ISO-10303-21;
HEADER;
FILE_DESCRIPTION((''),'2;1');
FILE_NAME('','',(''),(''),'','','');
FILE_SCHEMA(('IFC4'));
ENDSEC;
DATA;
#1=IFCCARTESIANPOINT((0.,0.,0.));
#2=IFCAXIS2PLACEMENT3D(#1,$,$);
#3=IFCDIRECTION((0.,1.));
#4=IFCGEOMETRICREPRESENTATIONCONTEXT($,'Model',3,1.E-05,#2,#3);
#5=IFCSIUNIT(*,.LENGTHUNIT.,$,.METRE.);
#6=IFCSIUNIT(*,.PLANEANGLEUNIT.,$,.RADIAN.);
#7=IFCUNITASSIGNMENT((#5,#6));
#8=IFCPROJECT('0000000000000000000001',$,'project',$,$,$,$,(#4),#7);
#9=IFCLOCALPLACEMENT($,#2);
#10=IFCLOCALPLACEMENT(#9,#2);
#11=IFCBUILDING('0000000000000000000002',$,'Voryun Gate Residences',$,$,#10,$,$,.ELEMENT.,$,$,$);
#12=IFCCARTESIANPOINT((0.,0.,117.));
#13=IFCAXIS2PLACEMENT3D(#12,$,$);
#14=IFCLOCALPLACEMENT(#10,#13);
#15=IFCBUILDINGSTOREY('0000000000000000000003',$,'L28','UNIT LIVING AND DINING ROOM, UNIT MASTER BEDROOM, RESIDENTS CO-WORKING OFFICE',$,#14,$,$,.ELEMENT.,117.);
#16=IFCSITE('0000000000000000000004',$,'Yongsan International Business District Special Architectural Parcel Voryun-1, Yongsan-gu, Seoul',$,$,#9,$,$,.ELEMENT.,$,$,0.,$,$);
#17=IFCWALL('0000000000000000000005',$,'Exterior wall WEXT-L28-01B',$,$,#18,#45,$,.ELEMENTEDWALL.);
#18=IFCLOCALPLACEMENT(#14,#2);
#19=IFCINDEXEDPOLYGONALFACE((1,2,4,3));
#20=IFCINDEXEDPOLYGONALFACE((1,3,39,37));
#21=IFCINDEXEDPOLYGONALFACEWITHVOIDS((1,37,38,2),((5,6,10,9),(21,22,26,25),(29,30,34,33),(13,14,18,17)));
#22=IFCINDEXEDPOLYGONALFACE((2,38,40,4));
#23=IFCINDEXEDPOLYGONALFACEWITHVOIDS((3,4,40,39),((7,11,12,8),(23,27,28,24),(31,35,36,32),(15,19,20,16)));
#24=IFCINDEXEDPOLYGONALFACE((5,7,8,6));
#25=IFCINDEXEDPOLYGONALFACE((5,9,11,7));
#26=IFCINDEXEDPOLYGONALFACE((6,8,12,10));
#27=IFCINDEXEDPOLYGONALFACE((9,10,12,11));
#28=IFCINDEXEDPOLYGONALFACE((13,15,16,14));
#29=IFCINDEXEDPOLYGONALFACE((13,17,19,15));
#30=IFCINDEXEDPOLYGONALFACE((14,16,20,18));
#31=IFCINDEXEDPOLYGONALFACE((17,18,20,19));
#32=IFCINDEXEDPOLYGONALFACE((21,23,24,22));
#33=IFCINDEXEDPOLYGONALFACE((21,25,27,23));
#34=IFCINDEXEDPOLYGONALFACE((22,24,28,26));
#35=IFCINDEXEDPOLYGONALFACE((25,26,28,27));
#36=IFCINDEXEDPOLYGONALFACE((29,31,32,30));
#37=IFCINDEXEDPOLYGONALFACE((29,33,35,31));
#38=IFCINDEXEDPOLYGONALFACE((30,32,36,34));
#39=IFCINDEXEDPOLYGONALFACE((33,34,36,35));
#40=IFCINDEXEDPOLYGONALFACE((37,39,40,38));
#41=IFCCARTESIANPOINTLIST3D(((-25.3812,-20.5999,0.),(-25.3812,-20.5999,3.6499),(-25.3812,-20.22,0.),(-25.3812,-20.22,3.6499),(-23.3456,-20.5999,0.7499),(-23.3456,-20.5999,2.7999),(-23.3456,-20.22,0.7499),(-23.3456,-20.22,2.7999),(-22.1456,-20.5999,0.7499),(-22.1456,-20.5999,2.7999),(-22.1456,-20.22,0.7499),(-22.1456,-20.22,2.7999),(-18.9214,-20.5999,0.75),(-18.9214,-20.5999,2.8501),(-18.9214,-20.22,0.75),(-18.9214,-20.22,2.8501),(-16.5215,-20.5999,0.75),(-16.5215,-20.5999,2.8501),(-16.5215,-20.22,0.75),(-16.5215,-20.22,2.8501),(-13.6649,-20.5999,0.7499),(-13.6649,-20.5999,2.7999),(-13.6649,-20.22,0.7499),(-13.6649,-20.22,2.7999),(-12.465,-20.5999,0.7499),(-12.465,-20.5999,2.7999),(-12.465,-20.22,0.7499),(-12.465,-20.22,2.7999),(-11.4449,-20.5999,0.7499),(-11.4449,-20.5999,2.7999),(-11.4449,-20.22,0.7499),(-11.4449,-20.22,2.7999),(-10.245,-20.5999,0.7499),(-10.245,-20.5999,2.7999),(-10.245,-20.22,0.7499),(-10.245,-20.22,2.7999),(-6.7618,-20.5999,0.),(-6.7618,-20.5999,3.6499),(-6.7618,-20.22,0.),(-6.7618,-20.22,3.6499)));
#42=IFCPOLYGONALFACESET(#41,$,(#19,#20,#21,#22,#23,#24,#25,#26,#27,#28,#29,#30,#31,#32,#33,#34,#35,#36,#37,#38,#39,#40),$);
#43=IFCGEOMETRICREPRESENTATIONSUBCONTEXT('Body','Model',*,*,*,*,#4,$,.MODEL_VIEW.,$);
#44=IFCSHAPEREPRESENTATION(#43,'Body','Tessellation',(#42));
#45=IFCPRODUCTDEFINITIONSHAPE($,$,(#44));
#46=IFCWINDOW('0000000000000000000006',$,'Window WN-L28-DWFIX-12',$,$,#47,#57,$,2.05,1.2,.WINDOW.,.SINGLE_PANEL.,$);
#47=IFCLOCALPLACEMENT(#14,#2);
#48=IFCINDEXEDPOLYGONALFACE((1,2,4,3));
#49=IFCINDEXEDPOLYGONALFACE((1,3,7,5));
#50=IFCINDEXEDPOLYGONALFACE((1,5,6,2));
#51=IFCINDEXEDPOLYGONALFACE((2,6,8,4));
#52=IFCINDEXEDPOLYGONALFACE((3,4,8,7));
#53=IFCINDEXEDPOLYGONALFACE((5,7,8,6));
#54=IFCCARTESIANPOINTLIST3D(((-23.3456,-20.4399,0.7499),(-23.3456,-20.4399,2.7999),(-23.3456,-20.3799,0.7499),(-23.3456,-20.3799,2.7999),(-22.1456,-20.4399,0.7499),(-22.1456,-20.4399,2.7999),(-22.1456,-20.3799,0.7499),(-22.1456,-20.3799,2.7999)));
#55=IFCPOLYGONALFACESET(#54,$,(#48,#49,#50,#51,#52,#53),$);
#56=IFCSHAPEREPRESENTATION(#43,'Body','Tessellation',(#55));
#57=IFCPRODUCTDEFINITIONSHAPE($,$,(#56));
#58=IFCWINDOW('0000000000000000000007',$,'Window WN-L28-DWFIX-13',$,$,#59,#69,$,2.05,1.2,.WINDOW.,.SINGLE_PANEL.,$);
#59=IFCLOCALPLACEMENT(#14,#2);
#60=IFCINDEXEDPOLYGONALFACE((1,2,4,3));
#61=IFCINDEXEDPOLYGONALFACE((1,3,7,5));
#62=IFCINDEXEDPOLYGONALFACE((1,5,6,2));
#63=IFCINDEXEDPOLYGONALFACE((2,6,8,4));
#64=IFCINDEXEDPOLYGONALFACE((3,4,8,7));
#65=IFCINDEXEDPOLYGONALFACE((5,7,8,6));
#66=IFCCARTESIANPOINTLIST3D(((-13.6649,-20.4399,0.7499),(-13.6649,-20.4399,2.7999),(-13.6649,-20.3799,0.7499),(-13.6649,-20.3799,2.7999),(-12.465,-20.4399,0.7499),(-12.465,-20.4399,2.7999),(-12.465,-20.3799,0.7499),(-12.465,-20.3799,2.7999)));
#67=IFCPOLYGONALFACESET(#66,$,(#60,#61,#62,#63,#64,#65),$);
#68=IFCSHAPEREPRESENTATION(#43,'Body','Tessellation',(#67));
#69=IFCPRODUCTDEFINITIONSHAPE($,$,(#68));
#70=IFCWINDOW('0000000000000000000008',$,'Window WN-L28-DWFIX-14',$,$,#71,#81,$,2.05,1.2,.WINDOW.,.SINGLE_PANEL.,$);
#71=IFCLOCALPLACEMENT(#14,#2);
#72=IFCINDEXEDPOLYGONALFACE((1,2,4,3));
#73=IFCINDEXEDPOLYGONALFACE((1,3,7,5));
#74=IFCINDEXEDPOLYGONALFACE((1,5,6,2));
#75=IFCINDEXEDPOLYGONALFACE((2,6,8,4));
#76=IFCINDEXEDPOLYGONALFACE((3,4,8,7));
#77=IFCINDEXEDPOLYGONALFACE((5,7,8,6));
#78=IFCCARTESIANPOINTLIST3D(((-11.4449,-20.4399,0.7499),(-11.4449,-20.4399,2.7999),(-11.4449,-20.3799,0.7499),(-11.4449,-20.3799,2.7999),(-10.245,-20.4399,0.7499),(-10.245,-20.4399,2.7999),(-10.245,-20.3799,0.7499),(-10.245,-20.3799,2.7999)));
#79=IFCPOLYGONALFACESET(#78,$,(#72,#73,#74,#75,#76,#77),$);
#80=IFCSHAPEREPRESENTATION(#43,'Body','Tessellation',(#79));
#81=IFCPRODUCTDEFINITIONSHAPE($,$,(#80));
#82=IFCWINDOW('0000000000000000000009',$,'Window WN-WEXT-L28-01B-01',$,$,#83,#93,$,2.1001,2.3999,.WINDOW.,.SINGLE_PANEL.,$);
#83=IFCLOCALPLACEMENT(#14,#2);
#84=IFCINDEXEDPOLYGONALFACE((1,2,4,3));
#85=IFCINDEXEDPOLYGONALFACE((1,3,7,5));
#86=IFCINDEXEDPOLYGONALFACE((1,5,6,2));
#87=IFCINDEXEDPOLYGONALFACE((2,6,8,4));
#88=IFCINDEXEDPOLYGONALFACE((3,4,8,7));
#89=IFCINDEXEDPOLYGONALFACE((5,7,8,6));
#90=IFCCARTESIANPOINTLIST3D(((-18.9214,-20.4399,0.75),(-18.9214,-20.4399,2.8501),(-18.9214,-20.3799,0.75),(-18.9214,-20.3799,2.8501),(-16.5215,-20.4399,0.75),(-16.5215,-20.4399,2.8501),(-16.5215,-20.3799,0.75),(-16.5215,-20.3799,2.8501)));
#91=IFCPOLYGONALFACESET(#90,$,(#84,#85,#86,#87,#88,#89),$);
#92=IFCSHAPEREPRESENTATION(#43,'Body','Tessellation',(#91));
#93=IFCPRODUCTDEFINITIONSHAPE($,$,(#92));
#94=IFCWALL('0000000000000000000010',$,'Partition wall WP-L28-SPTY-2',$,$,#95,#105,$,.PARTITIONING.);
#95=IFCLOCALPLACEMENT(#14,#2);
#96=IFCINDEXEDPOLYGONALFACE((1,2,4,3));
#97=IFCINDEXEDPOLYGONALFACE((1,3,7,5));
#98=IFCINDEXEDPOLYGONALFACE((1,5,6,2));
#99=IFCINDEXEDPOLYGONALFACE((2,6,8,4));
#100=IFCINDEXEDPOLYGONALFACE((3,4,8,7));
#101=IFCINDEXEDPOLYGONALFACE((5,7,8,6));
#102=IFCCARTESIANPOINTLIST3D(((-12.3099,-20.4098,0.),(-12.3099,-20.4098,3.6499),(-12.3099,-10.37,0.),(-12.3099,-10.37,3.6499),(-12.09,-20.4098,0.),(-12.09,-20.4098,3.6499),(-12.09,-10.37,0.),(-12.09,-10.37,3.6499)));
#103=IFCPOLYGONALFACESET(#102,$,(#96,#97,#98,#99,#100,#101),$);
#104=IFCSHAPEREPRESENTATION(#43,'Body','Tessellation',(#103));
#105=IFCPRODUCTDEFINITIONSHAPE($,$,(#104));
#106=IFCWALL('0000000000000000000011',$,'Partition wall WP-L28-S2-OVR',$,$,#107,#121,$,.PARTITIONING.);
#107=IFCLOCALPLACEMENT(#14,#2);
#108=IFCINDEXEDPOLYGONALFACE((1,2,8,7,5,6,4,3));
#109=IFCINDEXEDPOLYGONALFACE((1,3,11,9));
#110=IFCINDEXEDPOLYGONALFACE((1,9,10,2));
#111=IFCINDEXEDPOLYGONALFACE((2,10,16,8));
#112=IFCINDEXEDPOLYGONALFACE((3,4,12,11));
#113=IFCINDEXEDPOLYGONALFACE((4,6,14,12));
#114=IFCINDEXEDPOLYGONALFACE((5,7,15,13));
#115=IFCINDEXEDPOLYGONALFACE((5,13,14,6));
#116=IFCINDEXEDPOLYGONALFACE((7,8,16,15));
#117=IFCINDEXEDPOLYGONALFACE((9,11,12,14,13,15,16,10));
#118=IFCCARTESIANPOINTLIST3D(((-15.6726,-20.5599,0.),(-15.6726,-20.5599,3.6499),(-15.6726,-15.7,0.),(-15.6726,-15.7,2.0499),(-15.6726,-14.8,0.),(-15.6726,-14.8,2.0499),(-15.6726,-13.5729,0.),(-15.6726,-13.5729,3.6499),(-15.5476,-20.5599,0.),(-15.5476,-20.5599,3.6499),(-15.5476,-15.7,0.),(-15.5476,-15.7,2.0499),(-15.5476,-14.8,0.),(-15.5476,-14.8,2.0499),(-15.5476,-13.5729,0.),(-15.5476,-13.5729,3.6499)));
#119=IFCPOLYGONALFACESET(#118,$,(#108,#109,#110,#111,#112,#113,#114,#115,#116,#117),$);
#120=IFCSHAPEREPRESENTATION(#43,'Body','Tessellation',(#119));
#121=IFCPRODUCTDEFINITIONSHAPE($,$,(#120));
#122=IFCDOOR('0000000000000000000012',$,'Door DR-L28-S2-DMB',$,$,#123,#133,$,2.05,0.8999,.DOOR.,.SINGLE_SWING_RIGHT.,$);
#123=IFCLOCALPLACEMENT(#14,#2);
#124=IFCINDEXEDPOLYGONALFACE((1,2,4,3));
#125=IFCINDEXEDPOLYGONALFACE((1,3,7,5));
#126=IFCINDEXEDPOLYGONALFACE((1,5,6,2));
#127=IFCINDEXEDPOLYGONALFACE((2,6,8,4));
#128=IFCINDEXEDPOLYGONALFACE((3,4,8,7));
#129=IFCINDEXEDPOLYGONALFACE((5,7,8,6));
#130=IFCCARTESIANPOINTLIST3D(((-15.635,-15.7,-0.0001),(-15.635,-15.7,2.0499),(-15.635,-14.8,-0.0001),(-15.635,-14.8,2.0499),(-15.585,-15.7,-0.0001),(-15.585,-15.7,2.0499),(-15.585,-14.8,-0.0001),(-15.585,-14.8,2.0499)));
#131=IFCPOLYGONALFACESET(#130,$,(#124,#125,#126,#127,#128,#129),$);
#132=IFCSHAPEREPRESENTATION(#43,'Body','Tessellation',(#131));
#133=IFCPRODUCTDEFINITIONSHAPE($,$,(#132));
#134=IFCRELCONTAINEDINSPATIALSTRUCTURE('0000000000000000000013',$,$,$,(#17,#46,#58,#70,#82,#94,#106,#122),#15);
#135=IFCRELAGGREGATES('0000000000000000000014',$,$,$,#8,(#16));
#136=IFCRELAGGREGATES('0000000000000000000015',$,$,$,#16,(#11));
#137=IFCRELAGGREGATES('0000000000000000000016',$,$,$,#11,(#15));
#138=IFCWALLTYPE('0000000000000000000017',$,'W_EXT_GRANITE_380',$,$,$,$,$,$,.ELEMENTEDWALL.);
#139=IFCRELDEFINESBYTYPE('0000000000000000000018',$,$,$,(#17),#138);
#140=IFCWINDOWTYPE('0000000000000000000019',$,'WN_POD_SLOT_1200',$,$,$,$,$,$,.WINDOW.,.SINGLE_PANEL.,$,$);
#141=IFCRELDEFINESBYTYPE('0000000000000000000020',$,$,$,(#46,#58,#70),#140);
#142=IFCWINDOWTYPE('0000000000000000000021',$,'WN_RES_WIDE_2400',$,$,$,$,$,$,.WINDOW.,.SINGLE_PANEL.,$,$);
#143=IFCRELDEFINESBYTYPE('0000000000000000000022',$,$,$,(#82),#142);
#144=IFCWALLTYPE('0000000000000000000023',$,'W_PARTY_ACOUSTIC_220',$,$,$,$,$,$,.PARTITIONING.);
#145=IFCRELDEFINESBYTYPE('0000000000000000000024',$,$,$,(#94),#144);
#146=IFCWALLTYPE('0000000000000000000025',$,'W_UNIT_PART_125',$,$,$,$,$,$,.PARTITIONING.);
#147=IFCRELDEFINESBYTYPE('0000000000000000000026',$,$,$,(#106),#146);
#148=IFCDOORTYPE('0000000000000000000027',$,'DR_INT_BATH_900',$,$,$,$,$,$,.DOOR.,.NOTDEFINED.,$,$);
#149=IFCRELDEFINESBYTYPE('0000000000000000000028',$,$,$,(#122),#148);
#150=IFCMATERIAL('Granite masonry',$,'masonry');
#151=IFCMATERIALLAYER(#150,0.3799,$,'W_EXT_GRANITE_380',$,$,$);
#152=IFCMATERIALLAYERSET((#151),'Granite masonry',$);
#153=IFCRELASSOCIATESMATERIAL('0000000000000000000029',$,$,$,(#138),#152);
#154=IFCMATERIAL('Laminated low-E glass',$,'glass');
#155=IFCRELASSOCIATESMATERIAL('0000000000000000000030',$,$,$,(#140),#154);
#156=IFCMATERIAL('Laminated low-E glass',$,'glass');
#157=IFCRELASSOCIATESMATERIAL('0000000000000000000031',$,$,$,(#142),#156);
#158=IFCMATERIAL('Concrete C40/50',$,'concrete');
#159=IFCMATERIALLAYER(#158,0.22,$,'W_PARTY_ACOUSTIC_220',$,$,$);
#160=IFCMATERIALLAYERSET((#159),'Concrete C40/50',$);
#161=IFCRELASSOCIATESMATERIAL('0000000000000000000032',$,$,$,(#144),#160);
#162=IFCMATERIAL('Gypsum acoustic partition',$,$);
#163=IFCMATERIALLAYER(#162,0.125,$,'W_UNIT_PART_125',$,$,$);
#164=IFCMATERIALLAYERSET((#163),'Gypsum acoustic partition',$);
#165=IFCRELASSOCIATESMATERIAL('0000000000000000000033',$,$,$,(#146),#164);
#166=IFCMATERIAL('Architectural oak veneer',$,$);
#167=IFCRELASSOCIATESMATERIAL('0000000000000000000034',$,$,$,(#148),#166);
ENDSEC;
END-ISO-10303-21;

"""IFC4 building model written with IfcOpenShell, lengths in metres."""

from ifc_helpers import new_model, si_unit, direction, frame, frame_2d, origin, place, context, subcontext, project, spatial, rectangle, extrude, material, layer, layer_set, type_object, element, fill, save


model = new_model("IFC4")

# Units and contexts
model_context = context("Model", 3, precision=1e-05, world=origin(), true_north=direction((0.0, 1.0)))
body_context = subcontext(model_context, "Body", "Model", "MODEL_VIEW")
ifc_project = project(units=[si_unit("LENGTHUNIT", "METRE"), si_unit("PLANEANGLEUNIT", "RADIAN")], contexts=[model_context])

# Site, building, storey
site_placement = place(None, origin())
site = spatial("IfcSite", under=ifc_project, at=site_placement, Name="Yongsan International Business District Special Architectural Parcel Voryun-1, Yongsan-gu, Seoul", CompositionType="ELEMENT", RefElevation=0.0)
building_placement = place(site_placement, origin())
building = spatial("IfcBuilding", under=site, at=building_placement, Name="Voryun Gate Residences", CompositionType="ELEMENT")
storey_placement = place(building_placement, frame((0.0, 0.0, 117.0)))
storey = spatial("IfcBuildingStorey", under=building, at=storey_placement, Name="L28", Description="UNIT LIVING AND DINING ROOM, UNIT MASTER BEDROOM, RESIDENTS CO-WORKING OFFICE", CompositionType="ELEMENT", Elevation=117.0)

# Wall, openings, windows
ifc_material_1 = material(Name="Granite masonry", Category="masonry")
ifc_layer_1 = layer(ifc_material_1, 0.3799, Name="W_EXT_GRANITE_380")
ifc_layer_set_1 = layer_set([ifc_layer_1], Name="Granite masonry")
wall_type_1 = type_object("IfcWallType", Name="W_EXT_GRANITE_380", PredefinedType="ELEMENTEDWALL", material=ifc_layer_set_1)
wall_1_placement = place(storey_placement, frame((-6.762, -20.4099, 0.0), z_axis=(0.0, 0.0, 1.0), x_axis=(-1.0, 0.0, 0.0)))
wall_1 = element("IfcWall", 1, at=wall_1_placement, inside=storey, type_object=wall_type_1, Name="Exterior wall WEXT-L28-01B", PredefinedType="ELEMENTEDWALL", context=body_context, shape_type="SweptSolid", body=[
    extrude(rectangle(XDim=18.6194, YDim=0.3799, at=frame_2d((9.3096, 0.0))), origin(), (0.0, 0.0, 1.0), 3.6499),
])
opening_1_placement = place(wall_1_placement, frame((9.7595, 0.0, 0.75)))
opening_1 = element("IfcOpeningElement", 2, at=opening_1_placement, cuts=wall_1, PredefinedType="OPENING", context=body_context, shape_type="SweptSolid", body=[
    extrude(rectangle(XDim=2.3999, YDim=2.1001, at=frame_2d((1.2, 1.05))), frame((0.0, 0.2, 0.0), z_axis=(0.0, -1.0, 0.0), x_axis=(1.0, 0.0, 0.0)), (0.0, 0.0, 1.0), 0.3999),
])
opening_2_placement = place(wall_1_placement, frame((15.3835, 0.0, 0.75)))
opening_2 = element("IfcOpeningElement", 3, at=opening_2_placement, cuts=wall_1, PredefinedType="OPENING", context=body_context, shape_type="SweptSolid", body=[
    extrude(rectangle(XDim=1.2, YDim=2.05, at=frame_2d((0.6001, 1.0249))), frame((0.0, 0.2, 0.0), z_axis=(0.0, -1.0, 0.0), x_axis=(1.0, 0.0, 0.0)), (0.0, 0.0, 1.0), 0.3999),
])
opening_3_placement = place(wall_1_placement, frame((5.7029, 0.0, 0.75)))
opening_3 = element("IfcOpeningElement", 4, at=opening_3_placement, cuts=wall_1, PredefinedType="OPENING", context=body_context, shape_type="SweptSolid", body=[
    extrude(rectangle(XDim=1.2, YDim=2.05, at=frame_2d((0.6001, 1.0249))), frame((0.0, 0.2, 0.0), z_axis=(0.0, -1.0, 0.0), x_axis=(1.0, 0.0, 0.0)), (0.0, 0.0, 1.0), 0.3999),
])
opening_4_placement = place(wall_1_placement, frame((3.4829, 0.0, 0.75)))
opening_4 = element("IfcOpeningElement", 5, at=opening_4_placement, cuts=wall_1, PredefinedType="OPENING", context=body_context, shape_type="SweptSolid", body=[
    extrude(rectangle(XDim=1.2, YDim=2.05, at=frame_2d((0.6001, 1.0249))), frame((0.0, 0.2, 0.0), z_axis=(0.0, -1.0, 0.0), x_axis=(1.0, 0.0, 0.0)), (0.0, 0.0, 1.0), 0.3999),
])
ifc_material_2 = material(Name="Laminated low-E glass", Category="glass")
window_type_1 = type_object("IfcWindowType", Name="WN_POD_SLOT_1200", PartitioningType="SINGLE_PANEL", PredefinedType="WINDOW", material=ifc_material_2)
window_1_placement = place(opening_2_placement, origin())
window_1 = element("IfcWindow", 6, at=window_1_placement, inside=storey, type_object=window_type_1, Name="Window WN-L28-DWFIX-12", OverallHeight=2.05, OverallWidth=1.2, PartitioningType="SINGLE_PANEL", PredefinedType="WINDOW", context=body_context, shape_type="SweptSolid", body=[
    extrude(rectangle(XDim=1.2, YDim=2.05, at=frame_2d((0.6001, 1.0249))), frame((0.0, 0.03, 0.0), z_axis=(0.0, -1.0, 0.0), x_axis=(1.0, 0.0, 0.0)), (0.0, 0.0, 1.0), 0.0601),
])
fill(opening_2, window_1)
window_2_placement = place(opening_3_placement, origin())
window_2 = element("IfcWindow", 7, at=window_2_placement, inside=storey, type_object=window_type_1, Name="Window WN-L28-DWFIX-13", OverallHeight=2.05, OverallWidth=1.2, PartitioningType="SINGLE_PANEL", PredefinedType="WINDOW", context=body_context, shape_type="SweptSolid", body=[
    extrude(rectangle(XDim=1.2, YDim=2.05, at=frame_2d((0.6001, 1.0249))), frame((0.0, 0.03, 0.0), z_axis=(0.0, -1.0, 0.0), x_axis=(1.0, 0.0, 0.0)), (0.0, 0.0, 1.0), 0.0601),
])
fill(opening_3, window_2)
window_3_placement = place(opening_4_placement, origin())
window_3 = element("IfcWindow", 8, at=window_3_placement, inside=storey, type_object=window_type_1, Name="Window WN-L28-DWFIX-14", OverallHeight=2.05, OverallWidth=1.2, PartitioningType="SINGLE_PANEL", PredefinedType="WINDOW", context=body_context, shape_type="SweptSolid", body=[
    extrude(rectangle(XDim=1.2, YDim=2.05, at=frame_2d((0.6001, 1.0249))), frame((0.0, 0.03, 0.0), z_axis=(0.0, -1.0, 0.0), x_axis=(1.0, 0.0, 0.0)), (0.0, 0.0, 1.0), 0.0601),
])
fill(opening_4, window_3)
ifc_material_3 = material(Name="Laminated low-E glass", Category="glass")
window_type_2 = type_object("IfcWindowType", Name="WN_RES_WIDE_2400", PartitioningType="SINGLE_PANEL", PredefinedType="WINDOW", material=ifc_material_3)
window_4_placement = place(opening_1_placement, origin())
window_4 = element("IfcWindow", 9, at=window_4_placement, inside=storey, type_object=window_type_2, Name="Window WN-WEXT-L28-01B-01", OverallHeight=2.1001, OverallWidth=2.3999, PartitioningType="SINGLE_PANEL", PredefinedType="WINDOW", context=body_context, shape_type="SweptSolid", body=[
    extrude(rectangle(XDim=2.3999, YDim=2.1001, at=frame_2d((1.2, 1.05))), frame((0.0, 0.03, 0.0), z_axis=(0.0, -1.0, 0.0), x_axis=(1.0, 0.0, 0.0)), (0.0, 0.0, 1.0), 0.0601),
])
fill(opening_1, window_4)

# Wall
ifc_material_4 = material(Name="Concrete C40/50", Category="concrete")
ifc_layer_2 = layer(ifc_material_4, 0.22, Name="W_PARTY_ACOUSTIC_220")
ifc_layer_set_2 = layer_set([ifc_layer_2], Name="Concrete C40/50")
wall_type_2 = type_object("IfcWallType", Name="W_PARTY_ACOUSTIC_220", PredefinedType="PARTITIONING", material=ifc_layer_set_2)
wall_2_placement = place(storey_placement, frame((-12.2, -20.4099, 0.0), z_axis=(0.0, 0.0, 1.0), x_axis=(0.0, 1.0, 0.0)))
element("IfcWall", 10, at=wall_2_placement, inside=storey, type_object=wall_type_2, Name="Partition wall WP-L28-SPTY-2", PredefinedType="PARTITIONING", context=body_context, shape_type="SweptSolid", body=[
    extrude(rectangle(XDim=10.0398, YDim=0.22, at=frame_2d((5.02, 0.0))), origin(), (0.0, 0.0, 1.0), 3.6499),
])

# Wall, opening, door
ifc_material_5 = material(Name="Gypsum acoustic partition")
ifc_layer_3 = layer(ifc_material_5, 0.125, Name="W_UNIT_PART_125")
ifc_layer_set_3 = layer_set([ifc_layer_3], Name="Gypsum acoustic partition")
wall_type_3 = type_object("IfcWallType", Name="W_UNIT_PART_125", PredefinedType="PARTITIONING", material=ifc_layer_set_3)
wall_3_placement = place(storey_placement, frame((-15.6101, -20.5601, 0.0), z_axis=(0.0, 0.0, 1.0), x_axis=(0.0, 1.0, 0.0)))
wall_3 = element("IfcWall", 11, at=wall_3_placement, inside=storey, type_object=wall_type_3, Name="Partition wall WP-L28-S2-OVR", PredefinedType="PARTITIONING", context=body_context, shape_type="SweptSolid", body=[
    extrude(rectangle(XDim=6.9871, YDim=0.125, at=frame_2d((3.4937, 0.0))), origin(), (0.0, 0.0, 1.0), 3.6499),
])
opening_5_placement = place(wall_3_placement, frame((4.8601, 0.0, 0.0)))
opening_5 = element("IfcOpeningElement", 12, at=opening_5_placement, cuts=wall_3, PredefinedType="OPENING", context=body_context, shape_type="SweptSolid", body=[
    extrude(rectangle(XDim=0.8999, YDim=2.05, at=frame_2d((0.45, 1.0249))), frame((0.0, 0.0725, 0.0), z_axis=(0.0, -1.0, 0.0), x_axis=(1.0, 0.0, 0.0)), (0.0, 0.0, 1.0), 0.145),
])
ifc_material_6 = material(Name="Architectural oak veneer")
door_type = type_object("IfcDoorType", Name="DR_INT_BATH_900", OperationType="NOTDEFINED", PredefinedType="DOOR", material=ifc_material_6)
door_1_placement = place(opening_5_placement, origin())
door_1 = element("IfcDoor", 13, at=door_1_placement, inside=storey, type_object=door_type, Name="Door DR-L28-S2-DMB", OperationType="SINGLE_SWING_RIGHT", OverallHeight=2.05, OverallWidth=0.8999, PredefinedType="DOOR", context=body_context, shape_type="SweptSolid", body=[
    extrude(rectangle(XDim=0.8999, YDim=2.05, at=frame_2d((0.45, 1.0249))), frame((0.0, 0.0249, 0.0), z_axis=(0.0, -1.0, 0.0), x_axis=(1.0, 0.0, 0.0)), (0.0, 0.0, 1.0), 0.05),
])
fill(opening_5, door_1)

save(model, "model.ifc")
